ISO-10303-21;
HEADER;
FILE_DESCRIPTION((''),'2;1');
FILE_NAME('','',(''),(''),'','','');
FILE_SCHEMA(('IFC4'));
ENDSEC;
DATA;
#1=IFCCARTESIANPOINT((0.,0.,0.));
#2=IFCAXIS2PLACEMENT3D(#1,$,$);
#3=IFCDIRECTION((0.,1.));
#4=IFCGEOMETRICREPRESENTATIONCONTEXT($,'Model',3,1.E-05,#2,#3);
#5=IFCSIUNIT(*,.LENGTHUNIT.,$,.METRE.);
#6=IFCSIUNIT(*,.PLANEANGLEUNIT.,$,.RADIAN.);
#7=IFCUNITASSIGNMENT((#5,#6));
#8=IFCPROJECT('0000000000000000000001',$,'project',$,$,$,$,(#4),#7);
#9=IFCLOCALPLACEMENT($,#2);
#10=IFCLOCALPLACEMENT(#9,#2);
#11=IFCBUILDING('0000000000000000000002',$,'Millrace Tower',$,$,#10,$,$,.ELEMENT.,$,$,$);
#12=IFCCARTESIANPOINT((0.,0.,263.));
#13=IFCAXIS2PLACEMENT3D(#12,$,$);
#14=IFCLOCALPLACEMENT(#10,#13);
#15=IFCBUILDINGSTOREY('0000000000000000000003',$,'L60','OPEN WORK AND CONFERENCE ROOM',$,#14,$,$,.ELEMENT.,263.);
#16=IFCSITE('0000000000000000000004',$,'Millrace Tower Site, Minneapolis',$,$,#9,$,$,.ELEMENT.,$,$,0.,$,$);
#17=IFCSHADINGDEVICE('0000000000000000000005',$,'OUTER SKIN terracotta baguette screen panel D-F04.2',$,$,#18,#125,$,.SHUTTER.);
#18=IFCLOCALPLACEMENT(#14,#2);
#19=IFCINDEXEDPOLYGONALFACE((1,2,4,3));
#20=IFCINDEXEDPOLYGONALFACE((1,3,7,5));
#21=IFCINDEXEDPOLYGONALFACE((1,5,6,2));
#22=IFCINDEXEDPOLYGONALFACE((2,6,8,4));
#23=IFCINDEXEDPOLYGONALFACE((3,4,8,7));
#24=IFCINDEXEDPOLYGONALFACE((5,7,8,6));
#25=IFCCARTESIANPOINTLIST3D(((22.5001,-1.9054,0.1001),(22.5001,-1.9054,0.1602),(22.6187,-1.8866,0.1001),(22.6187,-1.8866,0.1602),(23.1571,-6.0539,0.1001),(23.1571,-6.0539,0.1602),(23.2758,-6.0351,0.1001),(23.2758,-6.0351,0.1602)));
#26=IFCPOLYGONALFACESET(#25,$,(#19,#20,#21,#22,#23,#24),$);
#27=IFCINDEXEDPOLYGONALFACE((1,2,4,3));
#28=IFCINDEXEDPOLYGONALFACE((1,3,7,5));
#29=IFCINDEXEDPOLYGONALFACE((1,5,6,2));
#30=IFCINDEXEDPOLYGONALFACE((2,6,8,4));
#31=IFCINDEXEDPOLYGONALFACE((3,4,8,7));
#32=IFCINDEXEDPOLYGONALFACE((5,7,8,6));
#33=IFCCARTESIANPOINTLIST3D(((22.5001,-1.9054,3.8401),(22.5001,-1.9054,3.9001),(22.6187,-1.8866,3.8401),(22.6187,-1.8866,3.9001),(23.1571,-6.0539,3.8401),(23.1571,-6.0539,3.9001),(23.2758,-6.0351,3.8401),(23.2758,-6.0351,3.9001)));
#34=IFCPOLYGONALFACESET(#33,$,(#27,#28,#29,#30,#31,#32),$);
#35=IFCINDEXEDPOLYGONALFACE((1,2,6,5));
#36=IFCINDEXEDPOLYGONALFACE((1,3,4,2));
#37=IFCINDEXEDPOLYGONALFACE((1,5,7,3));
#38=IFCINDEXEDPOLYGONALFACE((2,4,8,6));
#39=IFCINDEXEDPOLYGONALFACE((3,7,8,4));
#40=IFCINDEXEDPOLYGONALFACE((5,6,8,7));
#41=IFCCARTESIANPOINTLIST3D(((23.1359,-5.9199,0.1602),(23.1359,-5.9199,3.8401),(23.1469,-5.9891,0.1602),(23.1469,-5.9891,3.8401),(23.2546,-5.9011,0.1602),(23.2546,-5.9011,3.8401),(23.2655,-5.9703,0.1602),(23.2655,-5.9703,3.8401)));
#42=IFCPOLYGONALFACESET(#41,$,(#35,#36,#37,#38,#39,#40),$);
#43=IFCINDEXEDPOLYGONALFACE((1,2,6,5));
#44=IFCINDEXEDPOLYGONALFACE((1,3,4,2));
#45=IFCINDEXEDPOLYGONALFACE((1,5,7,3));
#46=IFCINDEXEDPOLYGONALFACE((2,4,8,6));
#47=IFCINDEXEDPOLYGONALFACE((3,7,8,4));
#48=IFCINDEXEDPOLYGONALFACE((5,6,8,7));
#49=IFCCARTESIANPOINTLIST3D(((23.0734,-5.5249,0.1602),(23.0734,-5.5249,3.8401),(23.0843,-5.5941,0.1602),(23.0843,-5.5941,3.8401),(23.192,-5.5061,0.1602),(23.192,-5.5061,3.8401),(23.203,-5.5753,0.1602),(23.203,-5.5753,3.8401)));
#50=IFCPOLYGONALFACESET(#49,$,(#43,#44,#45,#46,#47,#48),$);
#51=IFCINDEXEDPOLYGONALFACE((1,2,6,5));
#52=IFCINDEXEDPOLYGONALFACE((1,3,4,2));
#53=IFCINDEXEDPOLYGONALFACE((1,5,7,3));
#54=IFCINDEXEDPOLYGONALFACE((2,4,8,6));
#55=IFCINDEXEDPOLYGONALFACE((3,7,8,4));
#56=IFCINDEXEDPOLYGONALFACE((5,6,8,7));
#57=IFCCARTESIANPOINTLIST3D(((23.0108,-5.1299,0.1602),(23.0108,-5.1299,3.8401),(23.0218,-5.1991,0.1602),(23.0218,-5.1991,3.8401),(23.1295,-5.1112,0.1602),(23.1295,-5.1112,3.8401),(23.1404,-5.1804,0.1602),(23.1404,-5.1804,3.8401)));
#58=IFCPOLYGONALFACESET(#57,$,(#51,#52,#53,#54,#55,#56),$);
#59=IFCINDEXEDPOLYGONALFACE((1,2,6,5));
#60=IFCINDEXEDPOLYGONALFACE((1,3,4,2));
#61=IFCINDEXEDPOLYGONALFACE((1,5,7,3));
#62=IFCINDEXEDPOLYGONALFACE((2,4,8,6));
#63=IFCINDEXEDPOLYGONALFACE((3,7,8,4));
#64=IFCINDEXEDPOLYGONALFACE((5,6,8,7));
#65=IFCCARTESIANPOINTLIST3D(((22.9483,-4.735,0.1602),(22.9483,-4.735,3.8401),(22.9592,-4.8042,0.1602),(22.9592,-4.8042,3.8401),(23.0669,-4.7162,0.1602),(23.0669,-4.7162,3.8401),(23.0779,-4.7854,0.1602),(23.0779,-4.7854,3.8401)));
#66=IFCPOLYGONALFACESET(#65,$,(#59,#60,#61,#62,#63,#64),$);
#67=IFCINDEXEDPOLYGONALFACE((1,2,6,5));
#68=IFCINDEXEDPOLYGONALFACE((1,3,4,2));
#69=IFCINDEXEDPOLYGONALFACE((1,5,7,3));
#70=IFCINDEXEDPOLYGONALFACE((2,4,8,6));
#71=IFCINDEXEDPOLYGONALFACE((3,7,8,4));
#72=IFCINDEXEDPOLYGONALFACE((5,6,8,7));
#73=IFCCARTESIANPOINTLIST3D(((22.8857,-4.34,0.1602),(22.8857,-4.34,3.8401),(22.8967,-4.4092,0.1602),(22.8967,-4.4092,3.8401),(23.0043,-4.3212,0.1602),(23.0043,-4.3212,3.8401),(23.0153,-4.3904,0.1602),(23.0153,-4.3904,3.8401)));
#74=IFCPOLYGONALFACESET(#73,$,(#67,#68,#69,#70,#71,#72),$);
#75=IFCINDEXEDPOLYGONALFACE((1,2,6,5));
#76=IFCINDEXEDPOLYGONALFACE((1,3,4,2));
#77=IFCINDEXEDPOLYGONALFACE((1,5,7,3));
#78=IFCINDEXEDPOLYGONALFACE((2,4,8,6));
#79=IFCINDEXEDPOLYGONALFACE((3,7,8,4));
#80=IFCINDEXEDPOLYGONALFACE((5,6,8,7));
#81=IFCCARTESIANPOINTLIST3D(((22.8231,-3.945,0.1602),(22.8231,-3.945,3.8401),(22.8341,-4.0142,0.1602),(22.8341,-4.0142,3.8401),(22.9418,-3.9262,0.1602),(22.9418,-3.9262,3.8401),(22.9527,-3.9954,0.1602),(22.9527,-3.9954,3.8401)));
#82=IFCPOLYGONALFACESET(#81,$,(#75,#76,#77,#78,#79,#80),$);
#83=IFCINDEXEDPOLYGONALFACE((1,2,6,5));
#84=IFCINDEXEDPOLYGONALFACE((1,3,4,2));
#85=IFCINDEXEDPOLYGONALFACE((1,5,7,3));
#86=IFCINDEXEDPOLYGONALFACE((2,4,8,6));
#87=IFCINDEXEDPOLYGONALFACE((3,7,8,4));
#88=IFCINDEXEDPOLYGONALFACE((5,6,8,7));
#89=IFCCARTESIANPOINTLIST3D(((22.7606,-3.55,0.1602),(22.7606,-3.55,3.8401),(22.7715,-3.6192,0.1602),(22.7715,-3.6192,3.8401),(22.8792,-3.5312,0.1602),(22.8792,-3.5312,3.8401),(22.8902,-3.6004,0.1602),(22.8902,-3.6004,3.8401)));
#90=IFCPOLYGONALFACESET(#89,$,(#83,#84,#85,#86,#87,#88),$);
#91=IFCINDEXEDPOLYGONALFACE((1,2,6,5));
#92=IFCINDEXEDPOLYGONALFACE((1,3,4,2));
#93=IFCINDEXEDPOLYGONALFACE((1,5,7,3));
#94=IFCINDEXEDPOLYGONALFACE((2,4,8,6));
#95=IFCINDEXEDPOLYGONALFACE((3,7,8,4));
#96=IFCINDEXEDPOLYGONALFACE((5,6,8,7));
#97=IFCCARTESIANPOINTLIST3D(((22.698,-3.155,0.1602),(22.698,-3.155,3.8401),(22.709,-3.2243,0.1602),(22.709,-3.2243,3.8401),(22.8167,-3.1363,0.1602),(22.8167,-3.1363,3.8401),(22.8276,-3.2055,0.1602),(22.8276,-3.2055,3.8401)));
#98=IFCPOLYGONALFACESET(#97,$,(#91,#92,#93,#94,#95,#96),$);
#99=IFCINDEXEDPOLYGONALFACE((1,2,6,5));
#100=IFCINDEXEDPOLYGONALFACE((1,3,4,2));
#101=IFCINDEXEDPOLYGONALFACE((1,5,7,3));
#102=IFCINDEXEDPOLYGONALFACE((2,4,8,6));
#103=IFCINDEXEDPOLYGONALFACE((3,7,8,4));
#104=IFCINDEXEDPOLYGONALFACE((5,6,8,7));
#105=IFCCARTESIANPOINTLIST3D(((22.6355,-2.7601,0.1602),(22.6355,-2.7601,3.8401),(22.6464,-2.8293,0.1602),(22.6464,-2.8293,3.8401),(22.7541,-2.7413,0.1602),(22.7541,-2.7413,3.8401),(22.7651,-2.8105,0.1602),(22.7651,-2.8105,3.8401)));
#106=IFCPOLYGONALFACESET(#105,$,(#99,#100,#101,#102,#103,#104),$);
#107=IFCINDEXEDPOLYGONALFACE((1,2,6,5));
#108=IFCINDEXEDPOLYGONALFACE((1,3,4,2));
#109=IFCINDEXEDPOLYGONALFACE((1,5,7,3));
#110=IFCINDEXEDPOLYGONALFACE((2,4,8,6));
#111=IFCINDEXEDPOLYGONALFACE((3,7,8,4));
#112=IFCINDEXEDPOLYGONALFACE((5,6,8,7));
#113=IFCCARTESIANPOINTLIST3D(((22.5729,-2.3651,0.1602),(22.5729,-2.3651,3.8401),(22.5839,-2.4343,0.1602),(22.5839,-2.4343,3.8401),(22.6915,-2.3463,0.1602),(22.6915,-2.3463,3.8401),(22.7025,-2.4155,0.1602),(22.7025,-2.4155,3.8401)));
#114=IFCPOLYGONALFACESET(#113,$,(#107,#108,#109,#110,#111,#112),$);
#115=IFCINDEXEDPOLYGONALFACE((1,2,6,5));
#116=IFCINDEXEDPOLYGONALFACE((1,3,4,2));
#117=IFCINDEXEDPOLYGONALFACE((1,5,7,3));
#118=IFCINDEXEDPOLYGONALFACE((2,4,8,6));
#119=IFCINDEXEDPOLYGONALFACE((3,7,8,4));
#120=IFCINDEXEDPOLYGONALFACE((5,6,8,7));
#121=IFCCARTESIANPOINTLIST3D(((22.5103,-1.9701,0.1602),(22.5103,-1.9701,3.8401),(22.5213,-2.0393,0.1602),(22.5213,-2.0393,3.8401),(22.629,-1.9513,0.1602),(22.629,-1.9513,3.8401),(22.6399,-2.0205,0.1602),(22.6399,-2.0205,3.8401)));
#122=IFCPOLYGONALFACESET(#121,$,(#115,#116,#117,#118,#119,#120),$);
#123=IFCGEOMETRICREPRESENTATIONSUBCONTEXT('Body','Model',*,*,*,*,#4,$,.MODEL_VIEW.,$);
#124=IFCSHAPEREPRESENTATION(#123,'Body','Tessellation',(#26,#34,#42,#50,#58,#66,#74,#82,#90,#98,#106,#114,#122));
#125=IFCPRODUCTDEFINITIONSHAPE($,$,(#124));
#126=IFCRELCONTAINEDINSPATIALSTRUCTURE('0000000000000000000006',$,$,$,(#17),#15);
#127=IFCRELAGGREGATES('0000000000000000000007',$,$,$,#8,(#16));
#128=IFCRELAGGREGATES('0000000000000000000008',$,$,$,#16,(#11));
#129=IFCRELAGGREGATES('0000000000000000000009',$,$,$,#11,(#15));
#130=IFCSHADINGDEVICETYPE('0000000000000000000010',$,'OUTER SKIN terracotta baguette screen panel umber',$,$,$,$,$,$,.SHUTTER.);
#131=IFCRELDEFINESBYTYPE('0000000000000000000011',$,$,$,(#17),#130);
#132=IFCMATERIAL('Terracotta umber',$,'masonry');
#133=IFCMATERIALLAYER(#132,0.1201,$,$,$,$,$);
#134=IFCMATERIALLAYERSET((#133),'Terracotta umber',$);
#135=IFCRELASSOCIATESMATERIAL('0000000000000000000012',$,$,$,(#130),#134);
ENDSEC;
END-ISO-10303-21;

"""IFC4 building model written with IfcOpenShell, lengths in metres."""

from ifc_helpers import new_model, entity, si_unit, direction, frame, frame_2d, origin, origin_2d, place, context, subcontext, project, spatial, rectangle, extrude, source, transform, mapped, material, layer, layer_set, type_object, element, save


model = new_model("IFC4")

# Units and contexts
model_context = context("Model", 3, precision=1e-05, world=origin(), true_north=direction((0.0, 1.0)))
body_context = subcontext(model_context, "Body", "Model", "MODEL_VIEW")
ifc_project = project(units=[si_unit("LENGTHUNIT", "METRE"), si_unit("PLANEANGLEUNIT", "RADIAN")], contexts=[model_context])

# Site, building, storey
site_placement = place(None, origin())
site = spatial("IfcSite", under=ifc_project, at=site_placement, Name="Millrace Tower Site, Minneapolis", CompositionType="ELEMENT", RefElevation=0.0)
building_placement = place(site_placement, origin())
building = spatial("IfcBuilding", under=site, at=building_placement, Name="Millrace Tower", CompositionType="ELEMENT")
storey_placement = place(building_placement, frame((0.0, 0.0, 263.0)))
storey = spatial("IfcBuildingStorey", under=building, at=storey_placement, Name="L60", Description="OPEN WORK AND CONFERENCE ROOM", CompositionType="ELEMENT", Elevation=263.0)

# Shading device
ifc_material_1 = material(Name="Terracotta umber", Category="masonry")
ifc_layer_1 = layer(ifc_material_1, 0.1201)
ifc_layer_set_1 = layer_set([ifc_layer_1], Name="Terracotta umber")
shading_device_type = type_object("IfcShadingDeviceType", Name="OUTER SKIN terracotta baguette screen panel umber", PredefinedType="SHUTTER", material=ifc_layer_set_1)
cartesian_point_1 = entity("IfcCartesianPoint", [-2.1001, 0.0601])
shared_polyline_1 = entity("IfcPolyline", [cartesian_point_1, entity("IfcCartesianPoint", [2.1001, 0.0601]), entity("IfcCartesianPoint", [2.1001, -0.0601]), entity("IfcCartesianPoint", [-2.1001, -0.0601]), cartesian_point_1])
shared_shape_1 = source(origin(), body_context, "Body", "SweptSolid", [
    entity("IfcExtrudedAreaSolid", entity("IfcArbitraryClosedProfileDef", "AREA", None, shared_polyline_1), entity("IfcAxis2Placement3D", entity("IfcCartesianPoint", [0.0, 0.0, 0.0])), entity("IfcDirection", [0.0, 0.0, 1.0]), 0.0601),
    entity("IfcExtrudedAreaSolid", entity("IfcArbitraryClosedProfileDef", "AREA", None, shared_polyline_1), entity("IfcAxis2Placement3D", entity("IfcCartesianPoint", [0.0, 0.0, 3.74])), entity("IfcDirection", [0.0, 0.0, 1.0]), 0.0601),
    extrude(rectangle(XDim=0.0701, YDim=0.1201, at=frame_2d((-1.9995, 0.0))), frame((0.0, 0.0, 0.0601)), (0.0, 0.0, 1.0), 3.6799),
    extrude(rectangle(XDim=0.0701, YDim=0.1201, at=frame_2d((-1.5996, 0.0))), frame((0.0, 0.0, 0.0601)), (0.0, 0.0, 1.0), 3.6799),
    extrude(rectangle(XDim=0.0701, YDim=0.1201, at=frame_2d((-1.1997, 0.0))), frame((0.0, 0.0, 0.0601)), (0.0, 0.0, 1.0), 3.6799),
    extrude(rectangle(XDim=0.0701, YDim=0.1201, at=frame_2d((-0.7998, 0.0))), frame((0.0, 0.0, 0.0601)), (0.0, 0.0, 1.0), 3.6799),
    extrude(rectangle(XDim=0.0701, YDim=0.1201, at=frame_2d((-0.3999, 0.0))), frame((0.0, 0.0, 0.0601)), (0.0, 0.0, 1.0), 3.6799),
    extrude(rectangle(XDim=0.0701, YDim=0.1201, at=origin_2d()), frame((0.0, 0.0, 0.0601)), (0.0, 0.0, 1.0), 3.6799),
    extrude(rectangle(XDim=0.0701, YDim=0.1201, at=frame_2d((0.3999, 0.0))), frame((0.0, 0.0, 0.0601)), (0.0, 0.0, 1.0), 3.6799),
    extrude(rectangle(XDim=0.0701, YDim=0.1201, at=frame_2d((0.7998, 0.0))), frame((0.0, 0.0, 0.0601)), (0.0, 0.0, 1.0), 3.6799),
    extrude(rectangle(XDim=0.0701, YDim=0.1201, at=frame_2d((1.1997, 0.0))), frame((0.0, 0.0, 0.0601)), (0.0, 0.0, 1.0), 3.6799),
    extrude(rectangle(XDim=0.0701, YDim=0.1201, at=frame_2d((1.5996, 0.0))), frame((0.0, 0.0, 0.0601)), (0.0, 0.0, 1.0), 3.6799),
    extrude(rectangle(XDim=0.0701, YDim=0.1201, at=frame_2d((1.9995, 0.0))), frame((0.0, 0.0, 0.0601)), (0.0, 0.0, 1.0), 3.6799),
])
shading_device_1_placement = place(storey_placement, frame((22.8879, -3.9702, 0.1001), z_axis=(0.0, 0.0, 1.0), x_axis=(-0.156434, 0.987688, 0.0)))
element("IfcShadingDevice", 1, at=shading_device_1_placement, inside=storey, type_object=shading_device_type, Name="OUTER SKIN terracotta baguette screen panel D-F04.2", PredefinedType="SHUTTER", context=body_context, shape_type="MappedRepresentation", body=[
    mapped(shared_shape_1, transform((0.0, 0.0, 0.0), scale=1.0)),
])

save(model, "model.ifc")
